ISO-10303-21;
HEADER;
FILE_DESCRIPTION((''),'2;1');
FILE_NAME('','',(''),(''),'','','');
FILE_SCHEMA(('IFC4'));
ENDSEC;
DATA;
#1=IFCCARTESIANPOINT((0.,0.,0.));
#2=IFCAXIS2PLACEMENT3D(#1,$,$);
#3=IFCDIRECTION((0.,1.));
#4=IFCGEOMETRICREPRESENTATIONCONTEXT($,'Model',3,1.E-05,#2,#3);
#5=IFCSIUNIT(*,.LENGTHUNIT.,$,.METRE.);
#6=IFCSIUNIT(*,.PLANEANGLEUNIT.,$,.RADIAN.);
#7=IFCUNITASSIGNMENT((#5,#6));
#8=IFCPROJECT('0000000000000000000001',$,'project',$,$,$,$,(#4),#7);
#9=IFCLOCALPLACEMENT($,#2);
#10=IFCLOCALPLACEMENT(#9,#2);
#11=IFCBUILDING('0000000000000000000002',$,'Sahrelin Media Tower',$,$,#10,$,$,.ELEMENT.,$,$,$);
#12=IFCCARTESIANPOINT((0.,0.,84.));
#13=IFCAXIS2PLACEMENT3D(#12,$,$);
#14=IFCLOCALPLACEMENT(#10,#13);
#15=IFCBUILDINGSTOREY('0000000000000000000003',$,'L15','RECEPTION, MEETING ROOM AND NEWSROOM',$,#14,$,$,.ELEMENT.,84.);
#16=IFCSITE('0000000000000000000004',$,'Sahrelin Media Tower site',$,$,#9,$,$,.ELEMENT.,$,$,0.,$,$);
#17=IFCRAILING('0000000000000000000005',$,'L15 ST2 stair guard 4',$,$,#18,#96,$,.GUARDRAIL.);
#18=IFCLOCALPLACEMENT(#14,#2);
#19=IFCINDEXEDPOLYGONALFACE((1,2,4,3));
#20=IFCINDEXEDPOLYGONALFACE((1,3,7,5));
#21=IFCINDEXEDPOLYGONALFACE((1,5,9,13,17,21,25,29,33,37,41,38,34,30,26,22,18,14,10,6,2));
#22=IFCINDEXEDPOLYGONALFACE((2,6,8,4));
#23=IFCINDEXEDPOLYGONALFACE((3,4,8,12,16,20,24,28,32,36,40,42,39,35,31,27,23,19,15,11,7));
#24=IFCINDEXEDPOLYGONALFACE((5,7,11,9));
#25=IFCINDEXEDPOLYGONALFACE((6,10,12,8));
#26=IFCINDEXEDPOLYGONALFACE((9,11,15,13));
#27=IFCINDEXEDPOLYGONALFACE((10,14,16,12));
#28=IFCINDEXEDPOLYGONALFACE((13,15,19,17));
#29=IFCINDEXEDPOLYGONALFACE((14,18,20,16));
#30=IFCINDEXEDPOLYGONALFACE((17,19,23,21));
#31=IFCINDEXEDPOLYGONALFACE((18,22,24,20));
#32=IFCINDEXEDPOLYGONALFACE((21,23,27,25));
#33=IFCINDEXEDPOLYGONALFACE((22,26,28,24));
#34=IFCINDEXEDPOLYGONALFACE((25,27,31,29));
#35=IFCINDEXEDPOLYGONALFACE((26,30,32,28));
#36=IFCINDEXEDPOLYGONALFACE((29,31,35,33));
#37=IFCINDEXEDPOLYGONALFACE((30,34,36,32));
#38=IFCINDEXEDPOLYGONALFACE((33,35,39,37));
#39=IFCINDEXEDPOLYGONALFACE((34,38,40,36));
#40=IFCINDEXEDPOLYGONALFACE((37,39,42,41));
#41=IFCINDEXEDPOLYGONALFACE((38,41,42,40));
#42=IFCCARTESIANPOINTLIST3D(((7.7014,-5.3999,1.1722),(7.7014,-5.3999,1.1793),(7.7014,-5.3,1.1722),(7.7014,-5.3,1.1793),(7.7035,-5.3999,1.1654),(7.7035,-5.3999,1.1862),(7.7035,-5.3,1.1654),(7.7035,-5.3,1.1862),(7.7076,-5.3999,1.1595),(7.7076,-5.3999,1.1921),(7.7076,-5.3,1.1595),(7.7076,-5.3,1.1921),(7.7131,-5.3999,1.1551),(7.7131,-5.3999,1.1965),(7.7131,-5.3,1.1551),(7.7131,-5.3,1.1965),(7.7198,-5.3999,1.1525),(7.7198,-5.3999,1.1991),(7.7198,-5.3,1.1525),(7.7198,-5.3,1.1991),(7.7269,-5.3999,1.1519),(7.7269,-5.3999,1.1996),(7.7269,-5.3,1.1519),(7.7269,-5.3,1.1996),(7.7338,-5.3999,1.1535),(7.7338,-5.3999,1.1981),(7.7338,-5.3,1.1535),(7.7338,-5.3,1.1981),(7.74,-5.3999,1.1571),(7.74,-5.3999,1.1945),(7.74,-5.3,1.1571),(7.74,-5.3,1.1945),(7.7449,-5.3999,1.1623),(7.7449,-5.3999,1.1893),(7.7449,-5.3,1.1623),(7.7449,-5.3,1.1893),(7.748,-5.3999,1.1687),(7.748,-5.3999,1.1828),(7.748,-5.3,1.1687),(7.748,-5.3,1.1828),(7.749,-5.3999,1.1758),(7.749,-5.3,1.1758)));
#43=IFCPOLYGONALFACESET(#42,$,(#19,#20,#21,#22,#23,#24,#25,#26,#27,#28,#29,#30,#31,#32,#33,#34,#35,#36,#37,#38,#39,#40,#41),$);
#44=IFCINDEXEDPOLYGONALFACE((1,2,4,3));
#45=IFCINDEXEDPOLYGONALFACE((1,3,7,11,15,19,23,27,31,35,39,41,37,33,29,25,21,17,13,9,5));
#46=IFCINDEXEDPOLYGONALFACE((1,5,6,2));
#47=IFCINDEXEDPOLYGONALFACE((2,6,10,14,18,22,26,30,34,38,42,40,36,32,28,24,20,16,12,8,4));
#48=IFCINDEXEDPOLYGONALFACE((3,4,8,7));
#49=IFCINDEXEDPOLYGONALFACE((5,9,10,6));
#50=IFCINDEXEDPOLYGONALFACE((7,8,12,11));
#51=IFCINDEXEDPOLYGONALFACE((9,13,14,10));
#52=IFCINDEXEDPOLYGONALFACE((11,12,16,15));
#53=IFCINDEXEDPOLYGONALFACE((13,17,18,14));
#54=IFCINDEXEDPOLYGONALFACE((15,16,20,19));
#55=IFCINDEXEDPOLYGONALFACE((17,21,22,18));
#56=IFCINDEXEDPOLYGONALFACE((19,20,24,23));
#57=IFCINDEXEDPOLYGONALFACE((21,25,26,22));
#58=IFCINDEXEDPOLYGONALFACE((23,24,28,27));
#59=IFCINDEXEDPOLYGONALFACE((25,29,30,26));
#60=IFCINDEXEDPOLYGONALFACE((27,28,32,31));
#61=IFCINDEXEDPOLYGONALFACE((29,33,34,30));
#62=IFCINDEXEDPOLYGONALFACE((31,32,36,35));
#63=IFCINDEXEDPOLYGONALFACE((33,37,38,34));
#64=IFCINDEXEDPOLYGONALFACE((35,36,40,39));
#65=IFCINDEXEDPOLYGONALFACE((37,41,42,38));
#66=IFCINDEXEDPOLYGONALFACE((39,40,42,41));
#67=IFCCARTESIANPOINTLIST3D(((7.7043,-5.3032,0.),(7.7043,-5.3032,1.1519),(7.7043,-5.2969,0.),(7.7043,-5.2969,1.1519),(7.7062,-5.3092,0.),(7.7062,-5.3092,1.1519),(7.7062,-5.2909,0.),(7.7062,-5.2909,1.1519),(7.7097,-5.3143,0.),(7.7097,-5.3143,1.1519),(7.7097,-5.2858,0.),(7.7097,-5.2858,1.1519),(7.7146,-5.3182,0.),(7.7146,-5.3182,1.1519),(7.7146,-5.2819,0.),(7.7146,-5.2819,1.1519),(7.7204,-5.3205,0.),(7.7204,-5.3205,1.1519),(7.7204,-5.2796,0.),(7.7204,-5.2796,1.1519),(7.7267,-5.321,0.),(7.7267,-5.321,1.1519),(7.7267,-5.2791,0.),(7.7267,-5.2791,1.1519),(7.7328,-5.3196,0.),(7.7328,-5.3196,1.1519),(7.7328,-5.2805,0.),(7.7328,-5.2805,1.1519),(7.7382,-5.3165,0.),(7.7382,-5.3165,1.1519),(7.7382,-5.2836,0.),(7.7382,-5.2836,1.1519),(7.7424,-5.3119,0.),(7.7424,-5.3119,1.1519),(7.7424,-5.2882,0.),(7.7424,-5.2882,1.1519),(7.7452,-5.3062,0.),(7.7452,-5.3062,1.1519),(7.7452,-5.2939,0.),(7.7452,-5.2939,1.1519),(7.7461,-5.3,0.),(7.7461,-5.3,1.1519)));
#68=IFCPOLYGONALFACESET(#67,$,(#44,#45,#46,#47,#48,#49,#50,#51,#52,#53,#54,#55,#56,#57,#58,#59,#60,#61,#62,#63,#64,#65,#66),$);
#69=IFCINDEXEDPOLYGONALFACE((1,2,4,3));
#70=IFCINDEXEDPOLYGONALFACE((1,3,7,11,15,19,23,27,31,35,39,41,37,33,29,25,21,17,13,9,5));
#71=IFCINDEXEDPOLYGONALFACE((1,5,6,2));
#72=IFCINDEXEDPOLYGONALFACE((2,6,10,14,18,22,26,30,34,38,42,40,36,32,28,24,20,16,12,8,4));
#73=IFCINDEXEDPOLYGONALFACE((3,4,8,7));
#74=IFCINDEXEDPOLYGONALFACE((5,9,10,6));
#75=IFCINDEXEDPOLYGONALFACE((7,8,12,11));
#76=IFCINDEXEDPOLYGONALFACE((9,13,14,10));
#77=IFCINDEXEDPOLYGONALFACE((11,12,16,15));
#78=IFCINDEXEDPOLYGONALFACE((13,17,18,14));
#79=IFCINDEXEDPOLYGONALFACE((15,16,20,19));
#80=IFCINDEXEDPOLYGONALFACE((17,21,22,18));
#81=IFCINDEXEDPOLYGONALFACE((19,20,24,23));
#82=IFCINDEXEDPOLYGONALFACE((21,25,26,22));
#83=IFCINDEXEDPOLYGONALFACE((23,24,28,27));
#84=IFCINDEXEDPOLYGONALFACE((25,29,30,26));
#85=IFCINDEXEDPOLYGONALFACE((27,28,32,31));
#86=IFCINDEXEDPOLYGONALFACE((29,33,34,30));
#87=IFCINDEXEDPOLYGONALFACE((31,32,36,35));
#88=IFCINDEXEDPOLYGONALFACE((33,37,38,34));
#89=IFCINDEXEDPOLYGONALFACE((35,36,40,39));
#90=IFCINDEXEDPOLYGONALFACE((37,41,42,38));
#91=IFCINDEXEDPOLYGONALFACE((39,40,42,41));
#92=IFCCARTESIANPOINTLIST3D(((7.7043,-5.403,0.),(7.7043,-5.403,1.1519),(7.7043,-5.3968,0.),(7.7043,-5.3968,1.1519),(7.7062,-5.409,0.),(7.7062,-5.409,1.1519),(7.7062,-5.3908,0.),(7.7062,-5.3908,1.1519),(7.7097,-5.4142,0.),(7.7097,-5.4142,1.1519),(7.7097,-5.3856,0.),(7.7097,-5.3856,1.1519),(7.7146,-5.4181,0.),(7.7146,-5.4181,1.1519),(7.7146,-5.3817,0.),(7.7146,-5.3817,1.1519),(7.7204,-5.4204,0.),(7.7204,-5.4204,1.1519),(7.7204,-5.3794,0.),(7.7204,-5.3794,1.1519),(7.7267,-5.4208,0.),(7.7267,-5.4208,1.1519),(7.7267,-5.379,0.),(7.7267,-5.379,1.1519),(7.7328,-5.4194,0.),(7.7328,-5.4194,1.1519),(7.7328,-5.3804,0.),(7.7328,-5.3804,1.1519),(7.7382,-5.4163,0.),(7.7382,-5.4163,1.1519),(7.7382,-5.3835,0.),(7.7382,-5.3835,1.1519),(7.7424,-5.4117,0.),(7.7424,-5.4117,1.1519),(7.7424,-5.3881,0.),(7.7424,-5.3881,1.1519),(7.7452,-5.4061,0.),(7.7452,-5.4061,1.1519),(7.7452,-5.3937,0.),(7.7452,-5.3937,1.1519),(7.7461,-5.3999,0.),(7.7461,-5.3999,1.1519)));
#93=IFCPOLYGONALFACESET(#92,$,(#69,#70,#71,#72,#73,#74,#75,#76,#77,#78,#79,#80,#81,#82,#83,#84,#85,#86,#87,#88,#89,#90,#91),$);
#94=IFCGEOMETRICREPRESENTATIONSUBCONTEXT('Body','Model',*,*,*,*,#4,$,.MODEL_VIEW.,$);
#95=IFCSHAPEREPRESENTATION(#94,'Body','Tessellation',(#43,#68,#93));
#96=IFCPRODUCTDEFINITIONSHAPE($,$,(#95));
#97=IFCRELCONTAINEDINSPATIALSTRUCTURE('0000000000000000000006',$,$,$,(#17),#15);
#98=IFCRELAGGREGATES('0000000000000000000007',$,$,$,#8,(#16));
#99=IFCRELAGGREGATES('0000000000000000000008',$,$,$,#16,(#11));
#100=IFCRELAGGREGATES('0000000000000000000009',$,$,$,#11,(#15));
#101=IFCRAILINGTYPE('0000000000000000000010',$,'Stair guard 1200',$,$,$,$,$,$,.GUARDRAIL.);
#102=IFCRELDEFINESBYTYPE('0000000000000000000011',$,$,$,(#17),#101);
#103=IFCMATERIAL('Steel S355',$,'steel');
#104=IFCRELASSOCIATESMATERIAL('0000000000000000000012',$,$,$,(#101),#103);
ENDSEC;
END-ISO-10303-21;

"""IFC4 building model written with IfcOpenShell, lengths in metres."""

from ifc_helpers import new_model, si_unit, direction, frame, origin, origin_2d, place, context, subcontext, project, spatial, circle, extrude, material, type_object, element, save


model = new_model("IFC4")

# Units and contexts
model_context = context("Model", 3, precision=1e-05, world=origin(), true_north=direction((0.0, 1.0)))
body_context = subcontext(model_context, "Body", "Model", "MODEL_VIEW")
ifc_project = project(units=[si_unit("LENGTHUNIT", "METRE"), si_unit("PLANEANGLEUNIT", "RADIAN")], contexts=[model_context])

# Site, building, storey
site_placement = place(None, origin())
site = spatial("IfcSite", under=ifc_project, at=site_placement, Name="Sahrelin Media Tower site", CompositionType="ELEMENT", RefElevation=0.0)
building_placement = place(site_placement, origin())
building = spatial("IfcBuilding", under=site, at=building_placement, Name="Sahrelin Media Tower", CompositionType="ELEMENT")
storey_placement = place(building_placement, frame((0.0, 0.0, 84.0)))
storey = spatial("IfcBuildingStorey", under=building, at=storey_placement, Name="L15", Description="RECEPTION, MEETING ROOM AND NEWSROOM", CompositionType="ELEMENT", Elevation=84.0)

# Shared definitions
ifc_material_1 = material(Name="Steel S355", Category="steel")

# Railing
railing_type_1 = type_object("IfcRailingType", Name="Stair guard 1200", PredefinedType="GUARDRAIL", material=ifc_material_1)
railing_1_placement = place(storey_placement, frame((7.7251, -5.3, 0.0)))
element("IfcRailing", 1, at=railing_1_placement, inside=storey, type_object=railing_type_1, Name="L15 ST2 stair guard 4", PredefinedType="GUARDRAIL", context=body_context, shape_type="SweptSolid", body=[
    extrude(circle(Radius=0.0239, at=origin_2d()), frame((0.0, 0.0, 1.1758), z_axis=(0.0, -1.0, 0.0), x_axis=(1.0, 0.0, 0.0)), (0.0, 0.0, 1.0), 0.0999),
    extrude(circle(Radius=0.021, at=origin_2d()), origin(), (0.0, 0.0, 1.0), 1.1519),
    extrude(circle(Radius=0.021, at=origin_2d()), frame((0.0, -0.0999, 0.0)), (0.0, 0.0, 1.0), 1.1519),
])

save(model, "model.ifc")
